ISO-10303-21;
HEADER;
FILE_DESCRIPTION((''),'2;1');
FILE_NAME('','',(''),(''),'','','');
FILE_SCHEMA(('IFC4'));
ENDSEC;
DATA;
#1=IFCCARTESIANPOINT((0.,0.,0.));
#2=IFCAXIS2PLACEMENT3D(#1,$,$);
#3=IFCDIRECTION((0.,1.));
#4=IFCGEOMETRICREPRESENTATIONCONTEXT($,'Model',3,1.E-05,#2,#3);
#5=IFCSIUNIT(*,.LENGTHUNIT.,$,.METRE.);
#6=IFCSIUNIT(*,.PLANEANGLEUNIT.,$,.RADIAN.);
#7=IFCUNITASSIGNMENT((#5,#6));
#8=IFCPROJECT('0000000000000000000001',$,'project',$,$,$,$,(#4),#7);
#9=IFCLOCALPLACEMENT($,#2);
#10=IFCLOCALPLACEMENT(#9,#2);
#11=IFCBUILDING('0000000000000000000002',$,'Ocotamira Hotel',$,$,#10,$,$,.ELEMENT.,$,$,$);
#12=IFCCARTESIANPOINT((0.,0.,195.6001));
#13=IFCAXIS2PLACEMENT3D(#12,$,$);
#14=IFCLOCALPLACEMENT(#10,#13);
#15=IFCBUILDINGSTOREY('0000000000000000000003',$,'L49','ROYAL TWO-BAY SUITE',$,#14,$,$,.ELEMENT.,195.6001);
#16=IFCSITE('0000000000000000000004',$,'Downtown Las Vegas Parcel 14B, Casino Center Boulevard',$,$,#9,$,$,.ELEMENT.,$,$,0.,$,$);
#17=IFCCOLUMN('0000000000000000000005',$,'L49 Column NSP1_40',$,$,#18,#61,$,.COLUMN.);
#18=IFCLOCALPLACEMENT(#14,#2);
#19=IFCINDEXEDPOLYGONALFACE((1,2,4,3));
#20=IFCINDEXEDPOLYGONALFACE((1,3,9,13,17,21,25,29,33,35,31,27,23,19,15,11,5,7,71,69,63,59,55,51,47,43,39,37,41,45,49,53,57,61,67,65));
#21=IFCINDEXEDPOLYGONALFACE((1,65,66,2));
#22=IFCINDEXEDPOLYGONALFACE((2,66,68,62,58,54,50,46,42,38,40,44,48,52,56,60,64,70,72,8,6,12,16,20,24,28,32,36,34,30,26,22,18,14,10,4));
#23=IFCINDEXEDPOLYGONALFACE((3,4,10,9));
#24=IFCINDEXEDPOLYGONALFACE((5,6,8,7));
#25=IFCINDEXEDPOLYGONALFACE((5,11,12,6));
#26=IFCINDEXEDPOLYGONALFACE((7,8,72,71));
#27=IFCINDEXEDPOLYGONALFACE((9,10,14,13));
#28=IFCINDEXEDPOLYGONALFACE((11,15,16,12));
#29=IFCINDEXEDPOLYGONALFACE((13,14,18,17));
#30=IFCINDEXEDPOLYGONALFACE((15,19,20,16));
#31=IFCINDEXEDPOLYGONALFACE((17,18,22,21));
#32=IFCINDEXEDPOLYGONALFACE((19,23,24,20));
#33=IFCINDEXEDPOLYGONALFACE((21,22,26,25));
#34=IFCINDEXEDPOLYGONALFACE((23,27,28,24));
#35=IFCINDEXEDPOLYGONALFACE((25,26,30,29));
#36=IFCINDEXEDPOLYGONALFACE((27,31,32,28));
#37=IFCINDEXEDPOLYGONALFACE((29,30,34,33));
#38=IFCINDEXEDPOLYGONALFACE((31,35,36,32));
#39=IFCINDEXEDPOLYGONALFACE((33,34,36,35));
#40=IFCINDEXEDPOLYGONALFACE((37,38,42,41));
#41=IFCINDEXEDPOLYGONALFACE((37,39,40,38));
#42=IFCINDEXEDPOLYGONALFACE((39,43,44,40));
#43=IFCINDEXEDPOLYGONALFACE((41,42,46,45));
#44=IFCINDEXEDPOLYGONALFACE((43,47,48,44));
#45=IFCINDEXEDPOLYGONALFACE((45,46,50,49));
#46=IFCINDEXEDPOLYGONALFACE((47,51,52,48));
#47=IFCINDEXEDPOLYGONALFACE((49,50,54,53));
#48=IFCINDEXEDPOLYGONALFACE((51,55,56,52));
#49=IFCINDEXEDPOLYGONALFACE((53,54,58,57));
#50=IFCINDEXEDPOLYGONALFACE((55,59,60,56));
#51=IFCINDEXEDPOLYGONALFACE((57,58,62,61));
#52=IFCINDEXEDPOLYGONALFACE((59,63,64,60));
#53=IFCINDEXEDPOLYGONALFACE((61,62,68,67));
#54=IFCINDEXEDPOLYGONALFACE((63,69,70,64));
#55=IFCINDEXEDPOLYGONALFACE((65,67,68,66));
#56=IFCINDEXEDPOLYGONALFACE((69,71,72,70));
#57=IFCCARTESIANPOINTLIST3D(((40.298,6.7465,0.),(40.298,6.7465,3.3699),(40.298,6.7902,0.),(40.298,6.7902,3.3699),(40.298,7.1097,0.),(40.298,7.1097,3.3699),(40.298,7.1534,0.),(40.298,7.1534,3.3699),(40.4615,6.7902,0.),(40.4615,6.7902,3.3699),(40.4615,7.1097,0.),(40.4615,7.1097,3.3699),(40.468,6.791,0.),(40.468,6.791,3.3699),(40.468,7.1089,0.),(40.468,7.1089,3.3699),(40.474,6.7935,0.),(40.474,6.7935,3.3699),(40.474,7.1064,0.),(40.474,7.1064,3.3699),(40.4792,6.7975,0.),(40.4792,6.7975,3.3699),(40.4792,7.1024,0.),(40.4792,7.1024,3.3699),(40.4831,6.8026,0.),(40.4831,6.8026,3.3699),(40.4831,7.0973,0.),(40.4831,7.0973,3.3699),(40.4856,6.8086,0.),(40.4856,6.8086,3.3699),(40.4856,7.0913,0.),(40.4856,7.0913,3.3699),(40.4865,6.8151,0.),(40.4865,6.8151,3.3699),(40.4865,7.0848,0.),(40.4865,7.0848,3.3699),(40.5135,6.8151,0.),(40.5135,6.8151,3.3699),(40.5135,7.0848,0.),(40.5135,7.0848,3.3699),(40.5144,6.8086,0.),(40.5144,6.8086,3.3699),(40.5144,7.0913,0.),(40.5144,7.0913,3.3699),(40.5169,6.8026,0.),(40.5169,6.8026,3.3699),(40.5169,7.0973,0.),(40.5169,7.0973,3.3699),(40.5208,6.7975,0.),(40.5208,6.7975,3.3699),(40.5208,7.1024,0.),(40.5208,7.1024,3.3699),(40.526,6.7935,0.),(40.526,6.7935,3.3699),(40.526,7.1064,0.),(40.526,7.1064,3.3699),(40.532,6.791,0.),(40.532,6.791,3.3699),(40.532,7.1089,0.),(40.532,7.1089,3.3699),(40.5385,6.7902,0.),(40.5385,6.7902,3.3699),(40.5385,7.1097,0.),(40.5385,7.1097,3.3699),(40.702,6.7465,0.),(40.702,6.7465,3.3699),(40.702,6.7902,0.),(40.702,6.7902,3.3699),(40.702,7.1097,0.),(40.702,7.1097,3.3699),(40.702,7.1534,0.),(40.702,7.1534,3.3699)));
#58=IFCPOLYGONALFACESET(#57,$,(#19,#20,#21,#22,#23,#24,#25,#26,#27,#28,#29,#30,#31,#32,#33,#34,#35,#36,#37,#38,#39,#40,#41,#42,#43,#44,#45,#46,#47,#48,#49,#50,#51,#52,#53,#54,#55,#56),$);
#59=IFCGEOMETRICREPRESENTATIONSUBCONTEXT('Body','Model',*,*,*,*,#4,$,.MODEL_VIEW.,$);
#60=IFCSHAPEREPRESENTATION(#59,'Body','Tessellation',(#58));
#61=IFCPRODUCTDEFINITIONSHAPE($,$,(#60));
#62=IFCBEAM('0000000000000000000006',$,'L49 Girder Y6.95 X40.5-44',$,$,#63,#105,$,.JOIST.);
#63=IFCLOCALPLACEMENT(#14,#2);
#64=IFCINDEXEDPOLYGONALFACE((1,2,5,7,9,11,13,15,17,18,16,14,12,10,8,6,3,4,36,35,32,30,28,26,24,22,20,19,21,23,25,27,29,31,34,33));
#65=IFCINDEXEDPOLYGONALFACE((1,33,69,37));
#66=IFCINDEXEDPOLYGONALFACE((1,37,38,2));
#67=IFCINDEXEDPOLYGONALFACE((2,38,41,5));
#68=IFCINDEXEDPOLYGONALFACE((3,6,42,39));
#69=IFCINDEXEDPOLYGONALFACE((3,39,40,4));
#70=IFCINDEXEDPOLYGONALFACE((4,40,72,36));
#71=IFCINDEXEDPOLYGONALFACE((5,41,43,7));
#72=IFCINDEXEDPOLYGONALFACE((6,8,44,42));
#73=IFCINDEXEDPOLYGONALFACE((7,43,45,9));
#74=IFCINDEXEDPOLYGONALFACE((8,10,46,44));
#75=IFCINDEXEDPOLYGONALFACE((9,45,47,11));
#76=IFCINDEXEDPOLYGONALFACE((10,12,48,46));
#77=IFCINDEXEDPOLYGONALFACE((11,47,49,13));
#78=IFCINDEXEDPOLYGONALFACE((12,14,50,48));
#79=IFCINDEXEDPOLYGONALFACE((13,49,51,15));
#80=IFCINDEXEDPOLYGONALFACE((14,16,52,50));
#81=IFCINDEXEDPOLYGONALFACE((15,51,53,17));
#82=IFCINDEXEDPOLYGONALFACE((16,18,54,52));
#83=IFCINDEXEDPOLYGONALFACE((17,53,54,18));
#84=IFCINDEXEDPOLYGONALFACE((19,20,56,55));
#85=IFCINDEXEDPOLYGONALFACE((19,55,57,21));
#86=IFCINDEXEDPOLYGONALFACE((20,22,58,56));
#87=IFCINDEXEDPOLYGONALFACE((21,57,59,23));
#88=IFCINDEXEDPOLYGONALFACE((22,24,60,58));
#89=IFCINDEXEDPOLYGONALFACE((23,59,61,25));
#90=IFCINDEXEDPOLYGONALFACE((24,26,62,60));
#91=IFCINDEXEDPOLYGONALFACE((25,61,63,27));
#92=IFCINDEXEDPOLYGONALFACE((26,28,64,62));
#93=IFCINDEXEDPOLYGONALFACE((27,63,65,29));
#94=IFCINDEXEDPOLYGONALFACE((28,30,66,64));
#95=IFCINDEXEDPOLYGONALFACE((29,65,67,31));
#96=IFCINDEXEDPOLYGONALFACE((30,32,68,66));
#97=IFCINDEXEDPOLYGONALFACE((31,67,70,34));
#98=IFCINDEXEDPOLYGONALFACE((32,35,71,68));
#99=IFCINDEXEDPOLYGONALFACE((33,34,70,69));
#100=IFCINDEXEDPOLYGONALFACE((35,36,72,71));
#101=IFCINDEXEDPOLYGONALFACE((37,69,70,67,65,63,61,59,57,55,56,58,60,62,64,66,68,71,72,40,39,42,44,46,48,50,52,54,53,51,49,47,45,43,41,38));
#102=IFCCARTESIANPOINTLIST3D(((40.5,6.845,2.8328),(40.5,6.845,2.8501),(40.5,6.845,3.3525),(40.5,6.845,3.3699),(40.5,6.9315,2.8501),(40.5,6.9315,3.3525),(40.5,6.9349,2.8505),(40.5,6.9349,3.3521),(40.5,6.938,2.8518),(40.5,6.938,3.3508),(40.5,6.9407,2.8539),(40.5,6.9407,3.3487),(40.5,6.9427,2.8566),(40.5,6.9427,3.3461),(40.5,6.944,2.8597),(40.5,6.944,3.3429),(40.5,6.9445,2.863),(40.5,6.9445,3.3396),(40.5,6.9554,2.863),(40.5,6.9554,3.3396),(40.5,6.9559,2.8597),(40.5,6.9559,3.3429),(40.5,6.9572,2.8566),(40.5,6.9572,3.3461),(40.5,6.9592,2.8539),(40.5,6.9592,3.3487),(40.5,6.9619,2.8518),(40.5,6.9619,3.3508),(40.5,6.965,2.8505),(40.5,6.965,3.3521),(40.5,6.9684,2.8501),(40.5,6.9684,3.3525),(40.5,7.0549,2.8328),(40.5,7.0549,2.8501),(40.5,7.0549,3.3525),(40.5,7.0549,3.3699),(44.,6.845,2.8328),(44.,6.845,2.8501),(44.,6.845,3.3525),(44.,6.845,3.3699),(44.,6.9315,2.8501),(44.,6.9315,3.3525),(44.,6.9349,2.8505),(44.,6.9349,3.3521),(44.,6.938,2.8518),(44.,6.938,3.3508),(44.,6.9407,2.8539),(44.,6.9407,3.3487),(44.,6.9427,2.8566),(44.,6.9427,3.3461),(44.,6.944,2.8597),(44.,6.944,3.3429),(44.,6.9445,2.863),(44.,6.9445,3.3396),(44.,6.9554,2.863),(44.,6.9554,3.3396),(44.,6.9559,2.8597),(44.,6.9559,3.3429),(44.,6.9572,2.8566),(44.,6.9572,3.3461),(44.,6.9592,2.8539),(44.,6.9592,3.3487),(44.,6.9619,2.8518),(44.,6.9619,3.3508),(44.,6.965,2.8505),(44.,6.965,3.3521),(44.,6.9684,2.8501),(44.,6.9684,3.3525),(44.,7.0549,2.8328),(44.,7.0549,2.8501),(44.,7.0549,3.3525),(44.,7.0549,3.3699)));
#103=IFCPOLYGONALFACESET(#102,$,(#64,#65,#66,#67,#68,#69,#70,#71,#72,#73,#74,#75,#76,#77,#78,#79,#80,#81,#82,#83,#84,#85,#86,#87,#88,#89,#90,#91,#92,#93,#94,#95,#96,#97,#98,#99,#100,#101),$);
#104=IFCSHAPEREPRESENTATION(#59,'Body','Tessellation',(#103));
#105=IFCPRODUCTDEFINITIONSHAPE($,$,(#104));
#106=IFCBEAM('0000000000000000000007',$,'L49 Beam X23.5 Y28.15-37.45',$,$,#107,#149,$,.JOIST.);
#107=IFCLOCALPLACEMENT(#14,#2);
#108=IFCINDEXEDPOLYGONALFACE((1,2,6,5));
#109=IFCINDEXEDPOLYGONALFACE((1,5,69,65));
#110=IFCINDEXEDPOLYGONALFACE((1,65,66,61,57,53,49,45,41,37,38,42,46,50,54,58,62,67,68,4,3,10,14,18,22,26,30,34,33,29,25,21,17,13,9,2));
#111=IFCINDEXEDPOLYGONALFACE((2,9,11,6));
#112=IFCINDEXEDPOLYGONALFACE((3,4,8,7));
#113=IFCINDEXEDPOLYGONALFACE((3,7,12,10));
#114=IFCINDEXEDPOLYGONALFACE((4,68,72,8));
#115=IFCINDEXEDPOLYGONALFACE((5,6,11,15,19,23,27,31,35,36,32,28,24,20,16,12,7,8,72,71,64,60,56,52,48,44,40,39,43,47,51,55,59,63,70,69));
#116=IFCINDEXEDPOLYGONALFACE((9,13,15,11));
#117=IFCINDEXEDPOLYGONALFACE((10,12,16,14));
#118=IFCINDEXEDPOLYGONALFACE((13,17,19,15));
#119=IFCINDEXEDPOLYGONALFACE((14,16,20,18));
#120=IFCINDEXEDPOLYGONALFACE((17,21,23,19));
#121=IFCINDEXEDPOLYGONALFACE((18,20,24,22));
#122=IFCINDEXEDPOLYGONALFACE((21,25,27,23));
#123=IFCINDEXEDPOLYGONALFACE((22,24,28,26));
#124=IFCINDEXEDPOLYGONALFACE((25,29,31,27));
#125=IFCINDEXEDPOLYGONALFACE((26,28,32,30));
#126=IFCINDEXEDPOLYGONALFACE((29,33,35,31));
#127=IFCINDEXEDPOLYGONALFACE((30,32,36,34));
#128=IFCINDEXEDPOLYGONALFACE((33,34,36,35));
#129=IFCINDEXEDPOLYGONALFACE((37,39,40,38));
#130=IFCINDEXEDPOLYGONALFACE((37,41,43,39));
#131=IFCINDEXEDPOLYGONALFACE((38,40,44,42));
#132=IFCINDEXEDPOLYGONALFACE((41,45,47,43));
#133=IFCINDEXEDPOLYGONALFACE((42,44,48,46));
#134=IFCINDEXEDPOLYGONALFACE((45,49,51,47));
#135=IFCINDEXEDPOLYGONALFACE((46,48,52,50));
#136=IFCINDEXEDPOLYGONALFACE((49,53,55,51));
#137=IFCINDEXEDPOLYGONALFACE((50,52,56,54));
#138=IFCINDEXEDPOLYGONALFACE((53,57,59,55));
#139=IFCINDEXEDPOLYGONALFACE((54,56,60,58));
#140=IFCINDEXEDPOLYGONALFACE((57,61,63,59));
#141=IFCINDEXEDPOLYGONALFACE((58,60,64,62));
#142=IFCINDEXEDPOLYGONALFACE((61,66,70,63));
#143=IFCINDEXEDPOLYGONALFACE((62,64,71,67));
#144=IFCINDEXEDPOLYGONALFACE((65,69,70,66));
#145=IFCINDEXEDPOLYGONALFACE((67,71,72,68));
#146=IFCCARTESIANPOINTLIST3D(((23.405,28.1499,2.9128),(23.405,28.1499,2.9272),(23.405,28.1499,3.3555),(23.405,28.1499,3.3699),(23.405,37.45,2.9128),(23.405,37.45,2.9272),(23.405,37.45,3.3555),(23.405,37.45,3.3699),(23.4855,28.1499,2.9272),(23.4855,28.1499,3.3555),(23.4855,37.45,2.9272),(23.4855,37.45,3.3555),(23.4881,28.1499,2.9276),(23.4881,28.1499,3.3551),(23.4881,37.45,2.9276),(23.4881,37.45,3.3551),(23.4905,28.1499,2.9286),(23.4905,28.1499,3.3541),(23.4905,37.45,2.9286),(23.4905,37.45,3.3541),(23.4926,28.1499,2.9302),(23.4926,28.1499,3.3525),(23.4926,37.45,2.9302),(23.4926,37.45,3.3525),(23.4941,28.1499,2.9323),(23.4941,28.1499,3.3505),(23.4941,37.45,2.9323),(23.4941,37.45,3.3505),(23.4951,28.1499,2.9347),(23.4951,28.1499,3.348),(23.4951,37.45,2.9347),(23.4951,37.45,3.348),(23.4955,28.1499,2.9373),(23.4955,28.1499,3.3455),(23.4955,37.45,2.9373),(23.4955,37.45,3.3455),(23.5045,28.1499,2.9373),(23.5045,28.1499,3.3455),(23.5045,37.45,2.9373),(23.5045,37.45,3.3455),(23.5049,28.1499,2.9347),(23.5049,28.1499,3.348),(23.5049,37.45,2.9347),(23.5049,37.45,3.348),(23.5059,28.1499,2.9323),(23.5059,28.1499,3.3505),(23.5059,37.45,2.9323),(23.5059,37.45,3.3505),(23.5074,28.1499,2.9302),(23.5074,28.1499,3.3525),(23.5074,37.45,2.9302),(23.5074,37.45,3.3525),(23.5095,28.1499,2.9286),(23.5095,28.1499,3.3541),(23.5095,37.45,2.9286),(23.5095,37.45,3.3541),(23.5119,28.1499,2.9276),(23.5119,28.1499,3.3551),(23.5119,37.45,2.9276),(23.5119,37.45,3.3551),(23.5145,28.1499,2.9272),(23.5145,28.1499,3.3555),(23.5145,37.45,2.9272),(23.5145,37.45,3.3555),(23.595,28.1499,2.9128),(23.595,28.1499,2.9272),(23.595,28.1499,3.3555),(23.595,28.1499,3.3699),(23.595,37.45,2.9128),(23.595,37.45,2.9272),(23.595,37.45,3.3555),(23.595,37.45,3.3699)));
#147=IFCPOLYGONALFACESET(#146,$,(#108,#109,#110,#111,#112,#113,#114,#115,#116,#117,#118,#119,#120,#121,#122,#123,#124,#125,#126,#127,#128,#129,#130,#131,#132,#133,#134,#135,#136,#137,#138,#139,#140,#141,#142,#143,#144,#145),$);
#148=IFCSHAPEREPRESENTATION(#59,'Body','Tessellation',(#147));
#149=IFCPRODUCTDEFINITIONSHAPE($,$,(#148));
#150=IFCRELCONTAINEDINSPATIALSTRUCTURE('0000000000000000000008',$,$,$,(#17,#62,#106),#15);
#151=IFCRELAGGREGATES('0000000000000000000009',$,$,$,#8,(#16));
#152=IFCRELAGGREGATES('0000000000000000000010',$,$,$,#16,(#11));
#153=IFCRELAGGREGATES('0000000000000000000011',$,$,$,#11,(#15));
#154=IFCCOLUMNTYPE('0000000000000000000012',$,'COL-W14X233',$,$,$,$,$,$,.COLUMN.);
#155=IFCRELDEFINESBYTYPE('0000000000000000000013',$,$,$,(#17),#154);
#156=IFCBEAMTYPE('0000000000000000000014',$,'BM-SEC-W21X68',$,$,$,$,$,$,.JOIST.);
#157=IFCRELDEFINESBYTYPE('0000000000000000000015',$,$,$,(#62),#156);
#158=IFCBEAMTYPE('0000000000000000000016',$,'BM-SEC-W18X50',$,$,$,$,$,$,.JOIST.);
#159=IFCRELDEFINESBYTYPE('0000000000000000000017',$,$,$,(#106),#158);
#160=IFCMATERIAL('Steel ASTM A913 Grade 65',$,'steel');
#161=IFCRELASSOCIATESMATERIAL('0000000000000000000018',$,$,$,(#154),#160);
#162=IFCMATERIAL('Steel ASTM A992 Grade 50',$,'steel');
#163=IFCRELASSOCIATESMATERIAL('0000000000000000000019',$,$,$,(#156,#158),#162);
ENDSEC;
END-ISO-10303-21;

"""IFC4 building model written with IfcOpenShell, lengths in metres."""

from ifc_helpers import new_model, si_unit, direction, frame, origin, origin_2d, place, context, subcontext, project, spatial, i_section, extrude, source, transform, mapped, material, material_profile, profile_set, type_object, element, save


model = new_model("IFC4")

# Units and contexts
model_context = context("Model", 3, precision=1e-05, world=origin(), true_north=direction((0.0, 1.0)))
body_context = subcontext(model_context, "Body", "Model", "MODEL_VIEW")
ifc_project = project(units=[si_unit("LENGTHUNIT", "METRE"), si_unit("PLANEANGLEUNIT", "RADIAN")], contexts=[model_context])

# Site, building, storey
site_placement = place(None, origin())
site = spatial("IfcSite", under=ifc_project, at=site_placement, Name="Downtown Las Vegas Parcel 14B, Casino Center Boulevard", CompositionType="ELEMENT", RefElevation=0.0)
building_placement = place(site_placement, origin())
building = spatial("IfcBuilding", under=site, at=building_placement, Name="Ocotamira Hotel", CompositionType="ELEMENT")
storey_placement = place(building_placement, frame((0.0, 0.0, 195.6001)))
storey = spatial("IfcBuildingStorey", under=building, at=storey_placement, Name="L49", Description="ROYAL TWO-BAY SUITE", CompositionType="ELEMENT", Elevation=195.6001)

# Column
ifc_material_1 = material(Name="Steel ASTM A913 Grade 65", Category="steel")
ifc_material_profile_1 = material_profile(ifc_material_1, i_section(OverallWidth=0.4041, OverallDepth=0.407, WebThickness=0.0271, FlangeThickness=0.0437, FilletRadius=0.0249, at=origin_2d()), Name="W14X233")
ifc_profile_set_1 = profile_set([ifc_material_profile_1], Name="Steel ASTM A913 Grade 65")
column_type = type_object("IfcColumnType", Name="COL-W14X233", PredefinedType="COLUMN", material=ifc_profile_set_1)
shared_shape_1 = source(origin(), body_context, "Body", "SweptSolid", [
    extrude(i_section(OverallWidth=0.4041, OverallDepth=0.407, WebThickness=0.0271, FlangeThickness=0.0437, FilletRadius=0.0249, at=origin_2d()), origin(), (0.0, 0.0, 1.0), 3.3699),
])
column_placement = place(storey_placement, frame((40.5, 6.95, 0.0), z_axis=(0.0, 0.0, 1.0), x_axis=(1.0, 0.0, 0.0)))
element("IfcColumn", 1, at=column_placement, inside=storey, type_object=column_type, Name="L49 Column NSP1_40", PredefinedType="COLUMN", context=body_context, shape_type="MappedRepresentation", body=[
    mapped(shared_shape_1, transform((0.0, 0.0, 0.0), scale=1.0)),
])

# Beams
ifc_material_2 = material(Name="Steel ASTM A992 Grade 50", Category="steel")
ifc_material_profile_2 = material_profile(ifc_material_2, i_section(OverallWidth=0.21, OverallDepth=0.5371, WebThickness=0.011, FlangeThickness=0.0173, FilletRadius=0.0129, at=origin_2d()), Name="W21X68")
ifc_profile_set_2 = profile_set([ifc_material_profile_2], Name="Steel ASTM A992 Grade 50")
beam_type_1 = type_object("IfcBeamType", Name="BM-SEC-W21X68", PredefinedType="JOIST", material=ifc_profile_set_2)
shared_shape_2 = source(origin(), body_context, "Body", "SweptSolid", [
    extrude(i_section(OverallWidth=0.21, OverallDepth=0.5371, WebThickness=0.011, FlangeThickness=0.0173, FilletRadius=0.0129, at=origin_2d()), origin(), (0.0, 0.0, 1.0), 3.5),
])
beam_1_placement = place(storey_placement, frame((40.5, 6.95, 3.1013), z_axis=(1.0, 0.0, 0.0), x_axis=(0.0, 1.0, 0.0)))
element("IfcBeam", 2, at=beam_1_placement, inside=storey, type_object=beam_type_1, Name="L49 Girder Y6.95 X40.5-44", PredefinedType="JOIST", context=body_context, shape_type="MappedRepresentation", body=[
    mapped(shared_shape_2, transform((0.0, 0.0, 0.0), scale=1.0)),
])
ifc_material_profile_3 = material_profile(ifc_material_2, i_section(OverallWidth=0.1899, OverallDepth=0.457, WebThickness=0.009, FlangeThickness=0.0144, FilletRadius=0.01, at=origin_2d()), Name="W18X50")
ifc_profile_set_3 = profile_set([ifc_material_profile_3], Name="Steel ASTM A992 Grade 50")
beam_type_2 = type_object("IfcBeamType", Name="BM-SEC-W18X50", PredefinedType="JOIST", material=ifc_profile_set_3)
shared_shape_3 = source(origin(), body_context, "Body", "SweptSolid", [
    extrude(i_section(OverallWidth=0.1899, OverallDepth=0.457, WebThickness=0.009, FlangeThickness=0.0144, FilletRadius=0.01, at=origin_2d()), origin(), (0.0, 0.0, 1.0), 9.3),
])
beam_2_placement = place(storey_placement, frame((23.5, 28.1499, 3.1414), z_axis=(0.0, 1.0, 0.0), x_axis=(-1.0, 0.0, 0.0)))
element("IfcBeam", 3, at=beam_2_placement, inside=storey, type_object=beam_type_2, Name="L49 Beam X23.5 Y28.15-37.45", PredefinedType="JOIST", context=body_context, shape_type="MappedRepresentation", body=[
    mapped(shared_shape_3, transform((0.0, 0.0, 0.0), scale=1.0)),
])

save(model, "model.ifc")
